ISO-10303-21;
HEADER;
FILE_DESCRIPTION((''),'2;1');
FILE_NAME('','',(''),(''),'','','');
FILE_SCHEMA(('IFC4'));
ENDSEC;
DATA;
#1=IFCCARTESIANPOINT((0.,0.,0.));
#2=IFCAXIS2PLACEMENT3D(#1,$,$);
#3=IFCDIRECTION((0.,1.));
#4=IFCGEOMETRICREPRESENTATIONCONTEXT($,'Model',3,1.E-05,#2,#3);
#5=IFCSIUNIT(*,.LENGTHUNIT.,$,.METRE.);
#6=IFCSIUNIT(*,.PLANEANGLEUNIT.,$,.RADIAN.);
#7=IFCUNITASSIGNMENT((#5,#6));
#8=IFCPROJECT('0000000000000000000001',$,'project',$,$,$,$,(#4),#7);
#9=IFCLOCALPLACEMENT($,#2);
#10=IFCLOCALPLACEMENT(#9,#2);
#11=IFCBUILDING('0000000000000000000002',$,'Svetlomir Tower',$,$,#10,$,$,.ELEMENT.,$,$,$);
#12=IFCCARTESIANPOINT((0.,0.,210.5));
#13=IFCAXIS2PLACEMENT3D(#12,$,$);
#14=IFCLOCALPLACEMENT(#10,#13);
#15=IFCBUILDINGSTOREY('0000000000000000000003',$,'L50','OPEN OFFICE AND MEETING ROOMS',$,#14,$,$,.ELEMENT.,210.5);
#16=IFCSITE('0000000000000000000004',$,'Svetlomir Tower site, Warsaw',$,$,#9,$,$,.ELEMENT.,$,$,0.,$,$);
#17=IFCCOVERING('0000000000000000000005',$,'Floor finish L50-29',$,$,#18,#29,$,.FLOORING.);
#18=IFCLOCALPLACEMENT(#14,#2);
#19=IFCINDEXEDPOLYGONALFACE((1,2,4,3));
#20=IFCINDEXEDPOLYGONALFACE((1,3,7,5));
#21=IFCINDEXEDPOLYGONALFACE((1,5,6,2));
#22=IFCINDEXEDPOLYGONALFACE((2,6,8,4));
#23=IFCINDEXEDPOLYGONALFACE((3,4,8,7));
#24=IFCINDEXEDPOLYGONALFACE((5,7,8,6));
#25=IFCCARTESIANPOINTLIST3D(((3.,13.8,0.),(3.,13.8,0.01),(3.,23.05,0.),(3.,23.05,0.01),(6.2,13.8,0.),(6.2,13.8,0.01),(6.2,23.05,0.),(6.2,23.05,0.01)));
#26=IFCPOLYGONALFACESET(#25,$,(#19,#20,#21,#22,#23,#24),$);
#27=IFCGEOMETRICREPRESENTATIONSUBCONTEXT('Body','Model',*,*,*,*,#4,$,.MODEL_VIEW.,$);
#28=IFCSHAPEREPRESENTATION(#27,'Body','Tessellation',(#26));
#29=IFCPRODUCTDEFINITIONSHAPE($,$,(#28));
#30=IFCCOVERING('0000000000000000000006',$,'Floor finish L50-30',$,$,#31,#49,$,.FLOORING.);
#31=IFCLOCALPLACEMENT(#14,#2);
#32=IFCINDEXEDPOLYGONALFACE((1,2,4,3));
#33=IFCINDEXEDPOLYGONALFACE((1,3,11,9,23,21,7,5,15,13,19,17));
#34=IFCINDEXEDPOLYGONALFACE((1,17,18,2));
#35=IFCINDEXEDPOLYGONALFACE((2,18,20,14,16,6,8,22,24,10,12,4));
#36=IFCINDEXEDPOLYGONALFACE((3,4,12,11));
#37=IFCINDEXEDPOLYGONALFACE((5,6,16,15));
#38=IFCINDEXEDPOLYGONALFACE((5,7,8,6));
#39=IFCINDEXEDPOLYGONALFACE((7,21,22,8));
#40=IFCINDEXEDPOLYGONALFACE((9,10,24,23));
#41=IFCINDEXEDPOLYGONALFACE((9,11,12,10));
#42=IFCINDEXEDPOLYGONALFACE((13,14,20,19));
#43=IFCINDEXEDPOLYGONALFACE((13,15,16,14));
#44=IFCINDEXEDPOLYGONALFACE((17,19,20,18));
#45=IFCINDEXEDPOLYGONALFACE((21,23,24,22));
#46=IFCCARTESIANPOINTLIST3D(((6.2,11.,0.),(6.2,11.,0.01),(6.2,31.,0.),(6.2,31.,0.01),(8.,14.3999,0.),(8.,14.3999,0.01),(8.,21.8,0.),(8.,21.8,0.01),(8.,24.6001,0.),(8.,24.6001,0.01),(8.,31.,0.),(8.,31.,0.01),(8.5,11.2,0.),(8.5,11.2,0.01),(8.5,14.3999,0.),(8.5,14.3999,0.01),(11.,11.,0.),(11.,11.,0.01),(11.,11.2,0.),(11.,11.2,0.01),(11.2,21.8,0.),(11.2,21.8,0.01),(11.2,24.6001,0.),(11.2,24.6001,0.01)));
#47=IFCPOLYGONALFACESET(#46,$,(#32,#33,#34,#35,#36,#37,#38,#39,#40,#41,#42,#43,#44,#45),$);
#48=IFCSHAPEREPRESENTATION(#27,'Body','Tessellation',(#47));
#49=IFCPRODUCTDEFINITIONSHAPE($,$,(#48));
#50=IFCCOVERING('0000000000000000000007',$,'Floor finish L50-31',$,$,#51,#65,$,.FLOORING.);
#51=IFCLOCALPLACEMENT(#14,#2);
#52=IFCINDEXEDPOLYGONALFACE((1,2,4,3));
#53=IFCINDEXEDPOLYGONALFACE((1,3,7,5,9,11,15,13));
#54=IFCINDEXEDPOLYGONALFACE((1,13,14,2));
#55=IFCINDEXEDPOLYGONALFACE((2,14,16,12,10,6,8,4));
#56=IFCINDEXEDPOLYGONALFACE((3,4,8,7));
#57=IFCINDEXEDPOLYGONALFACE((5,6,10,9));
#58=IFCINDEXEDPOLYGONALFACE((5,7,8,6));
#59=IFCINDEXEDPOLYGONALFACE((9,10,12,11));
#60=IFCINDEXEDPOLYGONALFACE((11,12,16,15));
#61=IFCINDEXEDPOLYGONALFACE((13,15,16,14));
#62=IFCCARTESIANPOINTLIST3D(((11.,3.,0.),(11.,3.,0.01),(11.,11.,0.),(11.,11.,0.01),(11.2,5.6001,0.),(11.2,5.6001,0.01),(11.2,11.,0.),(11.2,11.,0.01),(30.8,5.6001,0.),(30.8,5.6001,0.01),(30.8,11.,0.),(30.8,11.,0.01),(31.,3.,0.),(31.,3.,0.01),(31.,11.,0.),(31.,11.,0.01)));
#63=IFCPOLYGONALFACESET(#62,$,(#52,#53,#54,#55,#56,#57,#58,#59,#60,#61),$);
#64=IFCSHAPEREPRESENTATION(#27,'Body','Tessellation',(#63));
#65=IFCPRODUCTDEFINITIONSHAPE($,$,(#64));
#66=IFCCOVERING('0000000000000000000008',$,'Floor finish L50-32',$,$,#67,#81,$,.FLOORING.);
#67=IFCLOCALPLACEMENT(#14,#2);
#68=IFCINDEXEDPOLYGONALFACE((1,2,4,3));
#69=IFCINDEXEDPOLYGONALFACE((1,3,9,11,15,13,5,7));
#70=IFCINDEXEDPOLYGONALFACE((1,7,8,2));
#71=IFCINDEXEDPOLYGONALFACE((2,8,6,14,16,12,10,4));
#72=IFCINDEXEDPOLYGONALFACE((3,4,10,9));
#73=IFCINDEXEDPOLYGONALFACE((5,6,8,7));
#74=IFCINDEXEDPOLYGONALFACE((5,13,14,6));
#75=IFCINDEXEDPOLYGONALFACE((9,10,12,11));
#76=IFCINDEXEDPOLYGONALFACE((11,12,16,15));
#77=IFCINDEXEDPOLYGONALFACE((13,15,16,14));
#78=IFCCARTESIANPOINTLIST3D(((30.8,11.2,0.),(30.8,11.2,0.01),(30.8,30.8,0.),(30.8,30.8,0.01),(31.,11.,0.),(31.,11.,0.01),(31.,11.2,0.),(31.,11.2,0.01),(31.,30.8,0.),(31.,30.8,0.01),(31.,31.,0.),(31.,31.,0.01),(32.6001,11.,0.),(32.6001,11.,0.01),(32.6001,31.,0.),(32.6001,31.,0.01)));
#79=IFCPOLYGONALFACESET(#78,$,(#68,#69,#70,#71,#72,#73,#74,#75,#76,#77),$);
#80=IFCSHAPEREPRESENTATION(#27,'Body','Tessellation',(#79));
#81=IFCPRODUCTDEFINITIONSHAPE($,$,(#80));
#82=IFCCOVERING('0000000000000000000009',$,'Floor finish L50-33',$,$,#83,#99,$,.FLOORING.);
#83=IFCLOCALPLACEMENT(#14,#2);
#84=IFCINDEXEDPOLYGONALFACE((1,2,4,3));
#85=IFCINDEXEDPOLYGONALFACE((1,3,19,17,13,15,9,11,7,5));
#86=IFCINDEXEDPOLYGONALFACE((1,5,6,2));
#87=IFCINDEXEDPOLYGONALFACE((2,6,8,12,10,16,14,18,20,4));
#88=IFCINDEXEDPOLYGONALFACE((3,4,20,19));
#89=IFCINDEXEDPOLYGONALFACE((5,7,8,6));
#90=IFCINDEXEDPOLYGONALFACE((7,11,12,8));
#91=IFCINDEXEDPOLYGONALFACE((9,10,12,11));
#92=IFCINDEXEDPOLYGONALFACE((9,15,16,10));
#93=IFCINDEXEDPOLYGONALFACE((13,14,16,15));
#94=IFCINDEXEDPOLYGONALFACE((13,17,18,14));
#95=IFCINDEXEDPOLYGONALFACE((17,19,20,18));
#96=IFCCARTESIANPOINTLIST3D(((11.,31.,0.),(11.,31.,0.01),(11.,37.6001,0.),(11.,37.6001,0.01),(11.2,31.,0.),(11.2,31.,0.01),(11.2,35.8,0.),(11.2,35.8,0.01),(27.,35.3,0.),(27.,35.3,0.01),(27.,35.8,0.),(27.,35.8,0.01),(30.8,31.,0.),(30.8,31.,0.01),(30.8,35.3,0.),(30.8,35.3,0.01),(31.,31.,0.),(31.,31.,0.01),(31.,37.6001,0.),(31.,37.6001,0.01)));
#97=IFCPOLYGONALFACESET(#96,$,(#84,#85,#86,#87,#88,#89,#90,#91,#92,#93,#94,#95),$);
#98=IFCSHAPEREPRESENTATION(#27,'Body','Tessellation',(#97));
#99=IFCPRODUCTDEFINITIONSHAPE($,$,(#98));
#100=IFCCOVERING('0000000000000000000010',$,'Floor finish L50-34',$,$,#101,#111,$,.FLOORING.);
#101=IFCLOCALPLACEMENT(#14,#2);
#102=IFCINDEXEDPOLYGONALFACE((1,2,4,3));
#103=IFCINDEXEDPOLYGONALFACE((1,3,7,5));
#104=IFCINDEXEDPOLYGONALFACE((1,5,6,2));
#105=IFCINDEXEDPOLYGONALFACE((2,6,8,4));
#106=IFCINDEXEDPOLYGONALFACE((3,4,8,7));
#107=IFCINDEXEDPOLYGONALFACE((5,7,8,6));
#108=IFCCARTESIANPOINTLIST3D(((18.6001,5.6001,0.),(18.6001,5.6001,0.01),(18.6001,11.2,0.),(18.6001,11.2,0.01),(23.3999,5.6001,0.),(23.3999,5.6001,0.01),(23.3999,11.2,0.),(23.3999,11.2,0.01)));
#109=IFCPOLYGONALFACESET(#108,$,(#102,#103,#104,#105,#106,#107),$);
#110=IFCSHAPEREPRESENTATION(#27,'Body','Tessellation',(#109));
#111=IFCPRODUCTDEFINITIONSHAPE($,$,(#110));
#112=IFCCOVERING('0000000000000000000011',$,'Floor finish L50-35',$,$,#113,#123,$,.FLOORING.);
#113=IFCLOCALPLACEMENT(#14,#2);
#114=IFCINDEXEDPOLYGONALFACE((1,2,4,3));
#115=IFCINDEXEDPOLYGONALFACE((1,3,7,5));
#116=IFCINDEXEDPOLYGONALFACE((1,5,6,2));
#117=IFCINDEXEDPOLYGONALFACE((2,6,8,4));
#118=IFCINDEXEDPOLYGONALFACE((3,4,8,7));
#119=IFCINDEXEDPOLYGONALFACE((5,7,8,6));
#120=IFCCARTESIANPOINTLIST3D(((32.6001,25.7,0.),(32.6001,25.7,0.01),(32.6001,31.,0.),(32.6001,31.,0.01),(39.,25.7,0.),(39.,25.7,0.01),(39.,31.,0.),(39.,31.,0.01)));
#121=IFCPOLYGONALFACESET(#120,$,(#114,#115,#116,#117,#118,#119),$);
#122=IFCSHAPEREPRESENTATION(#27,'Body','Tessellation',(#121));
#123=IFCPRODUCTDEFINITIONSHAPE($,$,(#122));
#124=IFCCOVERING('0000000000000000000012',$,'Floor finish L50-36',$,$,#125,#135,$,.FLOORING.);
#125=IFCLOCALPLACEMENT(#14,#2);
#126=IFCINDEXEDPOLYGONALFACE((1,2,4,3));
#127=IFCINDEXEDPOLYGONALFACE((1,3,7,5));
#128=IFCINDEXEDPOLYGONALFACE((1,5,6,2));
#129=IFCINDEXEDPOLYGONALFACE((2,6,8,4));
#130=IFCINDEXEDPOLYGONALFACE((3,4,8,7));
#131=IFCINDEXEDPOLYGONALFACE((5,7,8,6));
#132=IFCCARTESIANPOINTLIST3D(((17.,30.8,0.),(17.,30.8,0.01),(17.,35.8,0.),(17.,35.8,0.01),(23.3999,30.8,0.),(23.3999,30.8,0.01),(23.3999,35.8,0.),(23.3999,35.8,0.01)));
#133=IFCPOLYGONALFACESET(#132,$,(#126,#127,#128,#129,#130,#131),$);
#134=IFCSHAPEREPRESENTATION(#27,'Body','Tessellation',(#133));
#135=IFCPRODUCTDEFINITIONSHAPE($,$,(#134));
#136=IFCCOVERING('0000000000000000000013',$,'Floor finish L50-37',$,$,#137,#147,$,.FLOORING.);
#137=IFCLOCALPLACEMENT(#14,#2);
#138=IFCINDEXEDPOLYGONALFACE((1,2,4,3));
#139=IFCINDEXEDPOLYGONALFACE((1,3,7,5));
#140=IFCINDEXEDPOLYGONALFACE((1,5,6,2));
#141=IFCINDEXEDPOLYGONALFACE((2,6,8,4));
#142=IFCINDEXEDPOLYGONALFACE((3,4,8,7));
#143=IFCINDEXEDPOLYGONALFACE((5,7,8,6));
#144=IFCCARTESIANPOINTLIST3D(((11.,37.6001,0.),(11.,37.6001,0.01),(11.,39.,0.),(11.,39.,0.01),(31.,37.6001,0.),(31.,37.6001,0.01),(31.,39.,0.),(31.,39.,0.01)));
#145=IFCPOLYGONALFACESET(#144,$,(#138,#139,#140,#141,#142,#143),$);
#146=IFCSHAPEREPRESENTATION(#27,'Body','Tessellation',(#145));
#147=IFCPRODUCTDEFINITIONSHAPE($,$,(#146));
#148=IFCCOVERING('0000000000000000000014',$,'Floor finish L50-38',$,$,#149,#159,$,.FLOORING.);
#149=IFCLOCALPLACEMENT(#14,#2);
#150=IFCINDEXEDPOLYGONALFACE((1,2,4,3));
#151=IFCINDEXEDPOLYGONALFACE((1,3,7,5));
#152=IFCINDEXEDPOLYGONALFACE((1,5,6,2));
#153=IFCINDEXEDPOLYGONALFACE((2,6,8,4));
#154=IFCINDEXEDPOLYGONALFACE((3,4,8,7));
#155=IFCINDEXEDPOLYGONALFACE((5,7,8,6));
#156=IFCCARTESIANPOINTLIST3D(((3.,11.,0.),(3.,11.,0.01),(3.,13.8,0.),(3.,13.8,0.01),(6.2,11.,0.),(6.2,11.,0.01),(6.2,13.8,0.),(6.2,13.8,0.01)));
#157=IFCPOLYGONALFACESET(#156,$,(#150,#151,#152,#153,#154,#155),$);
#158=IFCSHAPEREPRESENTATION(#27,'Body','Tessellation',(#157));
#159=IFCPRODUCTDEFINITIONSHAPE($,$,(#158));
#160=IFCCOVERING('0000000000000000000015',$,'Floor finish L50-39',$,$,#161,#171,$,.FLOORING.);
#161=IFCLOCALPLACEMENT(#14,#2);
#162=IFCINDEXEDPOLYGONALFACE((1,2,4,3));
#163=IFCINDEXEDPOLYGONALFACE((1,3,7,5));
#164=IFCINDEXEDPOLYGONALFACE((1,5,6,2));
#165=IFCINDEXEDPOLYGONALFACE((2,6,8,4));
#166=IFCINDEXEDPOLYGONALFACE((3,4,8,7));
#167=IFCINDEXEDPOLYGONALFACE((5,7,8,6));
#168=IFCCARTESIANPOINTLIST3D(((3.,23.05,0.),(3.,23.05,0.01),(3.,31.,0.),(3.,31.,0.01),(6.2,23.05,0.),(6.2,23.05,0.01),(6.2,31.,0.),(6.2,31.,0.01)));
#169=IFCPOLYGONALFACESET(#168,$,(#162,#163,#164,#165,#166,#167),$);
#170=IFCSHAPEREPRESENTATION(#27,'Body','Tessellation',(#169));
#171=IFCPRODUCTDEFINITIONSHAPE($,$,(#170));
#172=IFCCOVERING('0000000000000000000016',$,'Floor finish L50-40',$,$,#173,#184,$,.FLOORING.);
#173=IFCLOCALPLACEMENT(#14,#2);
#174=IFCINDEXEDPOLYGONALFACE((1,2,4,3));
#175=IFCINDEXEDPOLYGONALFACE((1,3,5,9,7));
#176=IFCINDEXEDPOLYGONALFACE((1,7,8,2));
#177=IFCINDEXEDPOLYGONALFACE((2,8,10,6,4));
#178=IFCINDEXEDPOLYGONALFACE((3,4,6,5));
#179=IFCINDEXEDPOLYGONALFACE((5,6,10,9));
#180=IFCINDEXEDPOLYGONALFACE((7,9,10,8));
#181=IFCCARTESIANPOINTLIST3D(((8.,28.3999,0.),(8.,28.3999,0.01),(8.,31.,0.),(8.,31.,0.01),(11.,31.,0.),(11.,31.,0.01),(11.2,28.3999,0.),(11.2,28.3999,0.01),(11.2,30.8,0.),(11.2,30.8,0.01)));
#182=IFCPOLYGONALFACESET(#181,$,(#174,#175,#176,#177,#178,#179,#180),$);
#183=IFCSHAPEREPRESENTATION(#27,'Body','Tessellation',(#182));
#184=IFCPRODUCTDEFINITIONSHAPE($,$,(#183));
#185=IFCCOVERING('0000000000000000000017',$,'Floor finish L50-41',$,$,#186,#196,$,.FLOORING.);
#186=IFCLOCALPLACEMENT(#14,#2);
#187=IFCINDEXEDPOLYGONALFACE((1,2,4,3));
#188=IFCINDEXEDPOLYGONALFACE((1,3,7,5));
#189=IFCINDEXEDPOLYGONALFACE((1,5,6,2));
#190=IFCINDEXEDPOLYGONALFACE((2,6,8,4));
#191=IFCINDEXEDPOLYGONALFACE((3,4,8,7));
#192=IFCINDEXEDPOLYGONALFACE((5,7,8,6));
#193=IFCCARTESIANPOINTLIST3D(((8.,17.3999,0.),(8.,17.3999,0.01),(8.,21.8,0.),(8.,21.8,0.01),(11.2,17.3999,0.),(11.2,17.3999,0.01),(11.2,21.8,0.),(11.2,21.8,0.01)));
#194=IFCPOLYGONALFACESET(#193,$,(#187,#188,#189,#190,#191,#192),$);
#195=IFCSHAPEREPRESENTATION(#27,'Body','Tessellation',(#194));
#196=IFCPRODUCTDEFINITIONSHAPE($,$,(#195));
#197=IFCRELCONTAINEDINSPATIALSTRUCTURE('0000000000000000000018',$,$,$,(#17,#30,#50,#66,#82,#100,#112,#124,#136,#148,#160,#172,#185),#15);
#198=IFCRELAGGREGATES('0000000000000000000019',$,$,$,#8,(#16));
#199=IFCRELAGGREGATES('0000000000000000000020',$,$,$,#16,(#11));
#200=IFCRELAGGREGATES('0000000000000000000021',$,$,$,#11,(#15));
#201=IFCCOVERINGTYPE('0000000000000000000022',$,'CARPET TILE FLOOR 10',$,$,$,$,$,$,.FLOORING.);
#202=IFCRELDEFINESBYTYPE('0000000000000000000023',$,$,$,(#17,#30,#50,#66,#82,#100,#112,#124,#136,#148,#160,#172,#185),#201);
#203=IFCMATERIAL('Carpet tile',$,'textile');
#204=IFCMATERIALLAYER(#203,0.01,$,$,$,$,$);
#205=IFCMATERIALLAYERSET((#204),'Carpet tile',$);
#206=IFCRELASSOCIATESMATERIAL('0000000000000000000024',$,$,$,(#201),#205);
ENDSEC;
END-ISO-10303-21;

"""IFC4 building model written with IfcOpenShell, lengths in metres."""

from ifc_helpers import new_model, si_unit, direction, frame, origin, place, context, subcontext, project, spatial, polyline, outline, extrude, material, layer, layer_set, type_object, element, save


model = new_model("IFC4")

# Units and contexts
model_context = context("Model", 3, precision=1e-05, world=origin(), true_north=direction((0.0, 1.0)))
body_context = subcontext(model_context, "Body", "Model", "MODEL_VIEW")
ifc_project = project(units=[si_unit("LENGTHUNIT", "METRE"), si_unit("PLANEANGLEUNIT", "RADIAN")], contexts=[model_context])

# Site, building, storey
site_placement = place(None, origin())
site = spatial("IfcSite", under=ifc_project, at=site_placement, Name="Svetlomir Tower site, Warsaw", CompositionType="ELEMENT", RefElevation=0.0)
building_placement = place(site_placement, origin())
building = spatial("IfcBuilding", under=site, at=building_placement, Name="Svetlomir Tower", CompositionType="ELEMENT")
storey_placement = place(building_placement, frame((0.0, 0.0, 210.5)))
storey = spatial("IfcBuildingStorey", under=building, at=storey_placement, Name="L50", Description="OPEN OFFICE AND MEETING ROOMS", CompositionType="ELEMENT", Elevation=210.5)

# Coverings
ifc_material_1 = material(Name="Carpet tile", Category="textile")
ifc_layer_1 = layer(ifc_material_1, 0.01)
ifc_layer_set_1 = layer_set([ifc_layer_1], Name="Carpet tile")
covering_type_1 = type_object("IfcCoveringType", Name="CARPET TILE FLOOR 10", PredefinedType="FLOORING", material=ifc_layer_set_1)
covering_1_placement = place(storey_placement, origin())
element("IfcCovering", 1, at=covering_1_placement, inside=storey, type_object=covering_type_1, Name="Floor finish L50-29", PredefinedType="FLOORING", context=body_context, shape_type="SweptSolid", body=[
    extrude(outline(polyline([(3.0, 13.8), (6.2, 13.8), (6.2, 23.05), (3.0, 23.05), (3.0, 13.8)])), origin(), (0.0, 0.0, 1.0), 0.01),
])
covering_2_placement = place(storey_placement, origin())
element("IfcCovering", 2, at=covering_2_placement, inside=storey, type_object=covering_type_1, Name="Floor finish L50-30", PredefinedType="FLOORING", context=body_context, shape_type="SweptSolid", body=[
    extrude(outline(polyline([(6.2, 11.0), (6.2, 31.0), (8.0, 31.0), (8.0, 24.6001), (11.2, 24.6001), (11.2, 21.8), (8.0, 21.8), (8.0, 14.3999), (8.5, 14.3999), (8.5, 11.2), (11.0, 11.2), (11.0, 11.0), (6.2, 11.0)])), origin(), (0.0, 0.0, 1.0), 0.01),
])
covering_3_placement = place(storey_placement, origin())
element("IfcCovering", 3, at=covering_3_placement, inside=storey, type_object=covering_type_1, Name="Floor finish L50-31", PredefinedType="FLOORING", context=body_context, shape_type="SweptSolid", body=[
    extrude(outline(polyline([(11.2, 5.6001), (30.8, 5.6001), (30.8, 11.0), (31.0, 11.0), (31.0, 3.0), (11.0, 3.0), (11.0, 11.0), (11.2, 11.0), (11.2, 5.6001)])), origin(), (0.0, 0.0, 1.0), 0.01),
])
covering_4_placement = place(storey_placement, origin())
element("IfcCovering", 4, at=covering_4_placement, inside=storey, type_object=covering_type_1, Name="Floor finish L50-32", PredefinedType="FLOORING", context=body_context, shape_type="SweptSolid", body=[
    extrude(outline(polyline([(30.8, 11.2), (30.8, 30.8), (31.0, 30.8), (31.0, 31.0), (32.6001, 31.0), (32.6001, 11.0), (31.0, 11.0), (31.0, 11.2), (30.8, 11.2)])), origin(), (0.0, 0.0, 1.0), 0.01),
])
covering_5_placement = place(storey_placement, origin())
element("IfcCovering", 5, at=covering_5_placement, inside=storey, type_object=covering_type_1, Name="Floor finish L50-33", PredefinedType="FLOORING", context=body_context, shape_type="SweptSolid", body=[
    extrude(outline(polyline([(30.8, 35.3), (27.0, 35.3), (27.0, 35.8), (11.2, 35.8), (11.2, 31.0), (11.0, 31.0), (11.0, 37.6001), (31.0, 37.6001), (31.0, 31.0), (30.8, 31.0), (30.8, 35.3)])), origin(), (0.0, 0.0, 1.0), 0.01),
])
covering_6_placement = place(storey_placement, origin())
element("IfcCovering", 6, at=covering_6_placement, inside=storey, type_object=covering_type_1, Name="Floor finish L50-34", PredefinedType="FLOORING", context=body_context, shape_type="SweptSolid", body=[
    extrude(outline(polyline([(23.3999, 11.2), (23.3999, 5.6001), (18.6001, 5.6001), (18.6001, 11.2), (23.3999, 11.2)])), origin(), (0.0, 0.0, 1.0), 0.01),
])
covering_7_placement = place(storey_placement, origin())
element("IfcCovering", 7, at=covering_7_placement, inside=storey, type_object=covering_type_1, Name="Floor finish L50-35", PredefinedType="FLOORING", context=body_context, shape_type="SweptSolid", body=[
    extrude(outline(polyline([(32.6001, 25.7), (32.6001, 31.0), (39.0, 31.0), (39.0, 25.7), (32.6001, 25.7)])), origin(), (0.0, 0.0, 1.0), 0.01),
])
covering_8_placement = place(storey_placement, origin())
element("IfcCovering", 8, at=covering_8_placement, inside=storey, type_object=covering_type_1, Name="Floor finish L50-36", PredefinedType="FLOORING", context=body_context, shape_type="SweptSolid", body=[
    extrude(outline(polyline([(17.0, 30.8), (17.0, 35.8), (23.3999, 35.8), (23.3999, 30.8), (17.0, 30.8)])), origin(), (0.0, 0.0, 1.0), 0.01),
])
covering_9_placement = place(storey_placement, origin())
element("IfcCovering", 9, at=covering_9_placement, inside=storey, type_object=covering_type_1, Name="Floor finish L50-37", PredefinedType="FLOORING", context=body_context, shape_type="SweptSolid", body=[
    extrude(outline(polyline([(31.0, 39.0), (31.0, 37.6001), (11.0, 37.6001), (11.0, 39.0), (31.0, 39.0)])), origin(), (0.0, 0.0, 1.0), 0.01),
])
covering_10_placement = place(storey_placement, origin())
element("IfcCovering", 10, at=covering_10_placement, inside=storey, type_object=covering_type_1, Name="Floor finish L50-38", PredefinedType="FLOORING", context=body_context, shape_type="SweptSolid", body=[
    extrude(outline(polyline([(3.0, 13.8), (6.2, 13.8), (6.2, 11.0), (3.0, 11.0), (3.0, 13.8)])), origin(), (0.0, 0.0, 1.0), 0.01),
])
covering_11_placement = place(storey_placement, origin())
element("IfcCovering", 11, at=covering_11_placement, inside=storey, type_object=covering_type_1, Name="Floor finish L50-39", PredefinedType="FLOORING", context=body_context, shape_type="SweptSolid", body=[
    extrude(outline(polyline([(3.0, 31.0), (6.2, 31.0), (6.2, 23.05), (3.0, 23.05), (3.0, 31.0)])), origin(), (0.0, 0.0, 1.0), 0.01),
])
covering_12_placement = place(storey_placement, origin())
element("IfcCovering", 12, at=covering_12_placement, inside=storey, type_object=covering_type_1, Name="Floor finish L50-40", PredefinedType="FLOORING", context=body_context, shape_type="SweptSolid", body=[
    extrude(outline(polyline([(11.2, 28.3999), (8.0, 28.3999), (8.0, 31.0), (11.0, 31.0), (11.2, 30.8), (11.2, 28.3999)])), origin(), (0.0, 0.0, 1.0), 0.01),
])
covering_13_placement = place(storey_placement, origin())
element("IfcCovering", 13, at=covering_13_placement, inside=storey, type_object=covering_type_1, Name="Floor finish L50-41", PredefinedType="FLOORING", context=body_context, shape_type="SweptSolid", body=[
    extrude(outline(polyline([(8.0, 17.3999), (8.0, 21.8), (11.2, 21.8), (11.2, 17.3999), (8.0, 17.3999)])), origin(), (0.0, 0.0, 1.0), 0.01),
])

save(model, "model.ifc")
